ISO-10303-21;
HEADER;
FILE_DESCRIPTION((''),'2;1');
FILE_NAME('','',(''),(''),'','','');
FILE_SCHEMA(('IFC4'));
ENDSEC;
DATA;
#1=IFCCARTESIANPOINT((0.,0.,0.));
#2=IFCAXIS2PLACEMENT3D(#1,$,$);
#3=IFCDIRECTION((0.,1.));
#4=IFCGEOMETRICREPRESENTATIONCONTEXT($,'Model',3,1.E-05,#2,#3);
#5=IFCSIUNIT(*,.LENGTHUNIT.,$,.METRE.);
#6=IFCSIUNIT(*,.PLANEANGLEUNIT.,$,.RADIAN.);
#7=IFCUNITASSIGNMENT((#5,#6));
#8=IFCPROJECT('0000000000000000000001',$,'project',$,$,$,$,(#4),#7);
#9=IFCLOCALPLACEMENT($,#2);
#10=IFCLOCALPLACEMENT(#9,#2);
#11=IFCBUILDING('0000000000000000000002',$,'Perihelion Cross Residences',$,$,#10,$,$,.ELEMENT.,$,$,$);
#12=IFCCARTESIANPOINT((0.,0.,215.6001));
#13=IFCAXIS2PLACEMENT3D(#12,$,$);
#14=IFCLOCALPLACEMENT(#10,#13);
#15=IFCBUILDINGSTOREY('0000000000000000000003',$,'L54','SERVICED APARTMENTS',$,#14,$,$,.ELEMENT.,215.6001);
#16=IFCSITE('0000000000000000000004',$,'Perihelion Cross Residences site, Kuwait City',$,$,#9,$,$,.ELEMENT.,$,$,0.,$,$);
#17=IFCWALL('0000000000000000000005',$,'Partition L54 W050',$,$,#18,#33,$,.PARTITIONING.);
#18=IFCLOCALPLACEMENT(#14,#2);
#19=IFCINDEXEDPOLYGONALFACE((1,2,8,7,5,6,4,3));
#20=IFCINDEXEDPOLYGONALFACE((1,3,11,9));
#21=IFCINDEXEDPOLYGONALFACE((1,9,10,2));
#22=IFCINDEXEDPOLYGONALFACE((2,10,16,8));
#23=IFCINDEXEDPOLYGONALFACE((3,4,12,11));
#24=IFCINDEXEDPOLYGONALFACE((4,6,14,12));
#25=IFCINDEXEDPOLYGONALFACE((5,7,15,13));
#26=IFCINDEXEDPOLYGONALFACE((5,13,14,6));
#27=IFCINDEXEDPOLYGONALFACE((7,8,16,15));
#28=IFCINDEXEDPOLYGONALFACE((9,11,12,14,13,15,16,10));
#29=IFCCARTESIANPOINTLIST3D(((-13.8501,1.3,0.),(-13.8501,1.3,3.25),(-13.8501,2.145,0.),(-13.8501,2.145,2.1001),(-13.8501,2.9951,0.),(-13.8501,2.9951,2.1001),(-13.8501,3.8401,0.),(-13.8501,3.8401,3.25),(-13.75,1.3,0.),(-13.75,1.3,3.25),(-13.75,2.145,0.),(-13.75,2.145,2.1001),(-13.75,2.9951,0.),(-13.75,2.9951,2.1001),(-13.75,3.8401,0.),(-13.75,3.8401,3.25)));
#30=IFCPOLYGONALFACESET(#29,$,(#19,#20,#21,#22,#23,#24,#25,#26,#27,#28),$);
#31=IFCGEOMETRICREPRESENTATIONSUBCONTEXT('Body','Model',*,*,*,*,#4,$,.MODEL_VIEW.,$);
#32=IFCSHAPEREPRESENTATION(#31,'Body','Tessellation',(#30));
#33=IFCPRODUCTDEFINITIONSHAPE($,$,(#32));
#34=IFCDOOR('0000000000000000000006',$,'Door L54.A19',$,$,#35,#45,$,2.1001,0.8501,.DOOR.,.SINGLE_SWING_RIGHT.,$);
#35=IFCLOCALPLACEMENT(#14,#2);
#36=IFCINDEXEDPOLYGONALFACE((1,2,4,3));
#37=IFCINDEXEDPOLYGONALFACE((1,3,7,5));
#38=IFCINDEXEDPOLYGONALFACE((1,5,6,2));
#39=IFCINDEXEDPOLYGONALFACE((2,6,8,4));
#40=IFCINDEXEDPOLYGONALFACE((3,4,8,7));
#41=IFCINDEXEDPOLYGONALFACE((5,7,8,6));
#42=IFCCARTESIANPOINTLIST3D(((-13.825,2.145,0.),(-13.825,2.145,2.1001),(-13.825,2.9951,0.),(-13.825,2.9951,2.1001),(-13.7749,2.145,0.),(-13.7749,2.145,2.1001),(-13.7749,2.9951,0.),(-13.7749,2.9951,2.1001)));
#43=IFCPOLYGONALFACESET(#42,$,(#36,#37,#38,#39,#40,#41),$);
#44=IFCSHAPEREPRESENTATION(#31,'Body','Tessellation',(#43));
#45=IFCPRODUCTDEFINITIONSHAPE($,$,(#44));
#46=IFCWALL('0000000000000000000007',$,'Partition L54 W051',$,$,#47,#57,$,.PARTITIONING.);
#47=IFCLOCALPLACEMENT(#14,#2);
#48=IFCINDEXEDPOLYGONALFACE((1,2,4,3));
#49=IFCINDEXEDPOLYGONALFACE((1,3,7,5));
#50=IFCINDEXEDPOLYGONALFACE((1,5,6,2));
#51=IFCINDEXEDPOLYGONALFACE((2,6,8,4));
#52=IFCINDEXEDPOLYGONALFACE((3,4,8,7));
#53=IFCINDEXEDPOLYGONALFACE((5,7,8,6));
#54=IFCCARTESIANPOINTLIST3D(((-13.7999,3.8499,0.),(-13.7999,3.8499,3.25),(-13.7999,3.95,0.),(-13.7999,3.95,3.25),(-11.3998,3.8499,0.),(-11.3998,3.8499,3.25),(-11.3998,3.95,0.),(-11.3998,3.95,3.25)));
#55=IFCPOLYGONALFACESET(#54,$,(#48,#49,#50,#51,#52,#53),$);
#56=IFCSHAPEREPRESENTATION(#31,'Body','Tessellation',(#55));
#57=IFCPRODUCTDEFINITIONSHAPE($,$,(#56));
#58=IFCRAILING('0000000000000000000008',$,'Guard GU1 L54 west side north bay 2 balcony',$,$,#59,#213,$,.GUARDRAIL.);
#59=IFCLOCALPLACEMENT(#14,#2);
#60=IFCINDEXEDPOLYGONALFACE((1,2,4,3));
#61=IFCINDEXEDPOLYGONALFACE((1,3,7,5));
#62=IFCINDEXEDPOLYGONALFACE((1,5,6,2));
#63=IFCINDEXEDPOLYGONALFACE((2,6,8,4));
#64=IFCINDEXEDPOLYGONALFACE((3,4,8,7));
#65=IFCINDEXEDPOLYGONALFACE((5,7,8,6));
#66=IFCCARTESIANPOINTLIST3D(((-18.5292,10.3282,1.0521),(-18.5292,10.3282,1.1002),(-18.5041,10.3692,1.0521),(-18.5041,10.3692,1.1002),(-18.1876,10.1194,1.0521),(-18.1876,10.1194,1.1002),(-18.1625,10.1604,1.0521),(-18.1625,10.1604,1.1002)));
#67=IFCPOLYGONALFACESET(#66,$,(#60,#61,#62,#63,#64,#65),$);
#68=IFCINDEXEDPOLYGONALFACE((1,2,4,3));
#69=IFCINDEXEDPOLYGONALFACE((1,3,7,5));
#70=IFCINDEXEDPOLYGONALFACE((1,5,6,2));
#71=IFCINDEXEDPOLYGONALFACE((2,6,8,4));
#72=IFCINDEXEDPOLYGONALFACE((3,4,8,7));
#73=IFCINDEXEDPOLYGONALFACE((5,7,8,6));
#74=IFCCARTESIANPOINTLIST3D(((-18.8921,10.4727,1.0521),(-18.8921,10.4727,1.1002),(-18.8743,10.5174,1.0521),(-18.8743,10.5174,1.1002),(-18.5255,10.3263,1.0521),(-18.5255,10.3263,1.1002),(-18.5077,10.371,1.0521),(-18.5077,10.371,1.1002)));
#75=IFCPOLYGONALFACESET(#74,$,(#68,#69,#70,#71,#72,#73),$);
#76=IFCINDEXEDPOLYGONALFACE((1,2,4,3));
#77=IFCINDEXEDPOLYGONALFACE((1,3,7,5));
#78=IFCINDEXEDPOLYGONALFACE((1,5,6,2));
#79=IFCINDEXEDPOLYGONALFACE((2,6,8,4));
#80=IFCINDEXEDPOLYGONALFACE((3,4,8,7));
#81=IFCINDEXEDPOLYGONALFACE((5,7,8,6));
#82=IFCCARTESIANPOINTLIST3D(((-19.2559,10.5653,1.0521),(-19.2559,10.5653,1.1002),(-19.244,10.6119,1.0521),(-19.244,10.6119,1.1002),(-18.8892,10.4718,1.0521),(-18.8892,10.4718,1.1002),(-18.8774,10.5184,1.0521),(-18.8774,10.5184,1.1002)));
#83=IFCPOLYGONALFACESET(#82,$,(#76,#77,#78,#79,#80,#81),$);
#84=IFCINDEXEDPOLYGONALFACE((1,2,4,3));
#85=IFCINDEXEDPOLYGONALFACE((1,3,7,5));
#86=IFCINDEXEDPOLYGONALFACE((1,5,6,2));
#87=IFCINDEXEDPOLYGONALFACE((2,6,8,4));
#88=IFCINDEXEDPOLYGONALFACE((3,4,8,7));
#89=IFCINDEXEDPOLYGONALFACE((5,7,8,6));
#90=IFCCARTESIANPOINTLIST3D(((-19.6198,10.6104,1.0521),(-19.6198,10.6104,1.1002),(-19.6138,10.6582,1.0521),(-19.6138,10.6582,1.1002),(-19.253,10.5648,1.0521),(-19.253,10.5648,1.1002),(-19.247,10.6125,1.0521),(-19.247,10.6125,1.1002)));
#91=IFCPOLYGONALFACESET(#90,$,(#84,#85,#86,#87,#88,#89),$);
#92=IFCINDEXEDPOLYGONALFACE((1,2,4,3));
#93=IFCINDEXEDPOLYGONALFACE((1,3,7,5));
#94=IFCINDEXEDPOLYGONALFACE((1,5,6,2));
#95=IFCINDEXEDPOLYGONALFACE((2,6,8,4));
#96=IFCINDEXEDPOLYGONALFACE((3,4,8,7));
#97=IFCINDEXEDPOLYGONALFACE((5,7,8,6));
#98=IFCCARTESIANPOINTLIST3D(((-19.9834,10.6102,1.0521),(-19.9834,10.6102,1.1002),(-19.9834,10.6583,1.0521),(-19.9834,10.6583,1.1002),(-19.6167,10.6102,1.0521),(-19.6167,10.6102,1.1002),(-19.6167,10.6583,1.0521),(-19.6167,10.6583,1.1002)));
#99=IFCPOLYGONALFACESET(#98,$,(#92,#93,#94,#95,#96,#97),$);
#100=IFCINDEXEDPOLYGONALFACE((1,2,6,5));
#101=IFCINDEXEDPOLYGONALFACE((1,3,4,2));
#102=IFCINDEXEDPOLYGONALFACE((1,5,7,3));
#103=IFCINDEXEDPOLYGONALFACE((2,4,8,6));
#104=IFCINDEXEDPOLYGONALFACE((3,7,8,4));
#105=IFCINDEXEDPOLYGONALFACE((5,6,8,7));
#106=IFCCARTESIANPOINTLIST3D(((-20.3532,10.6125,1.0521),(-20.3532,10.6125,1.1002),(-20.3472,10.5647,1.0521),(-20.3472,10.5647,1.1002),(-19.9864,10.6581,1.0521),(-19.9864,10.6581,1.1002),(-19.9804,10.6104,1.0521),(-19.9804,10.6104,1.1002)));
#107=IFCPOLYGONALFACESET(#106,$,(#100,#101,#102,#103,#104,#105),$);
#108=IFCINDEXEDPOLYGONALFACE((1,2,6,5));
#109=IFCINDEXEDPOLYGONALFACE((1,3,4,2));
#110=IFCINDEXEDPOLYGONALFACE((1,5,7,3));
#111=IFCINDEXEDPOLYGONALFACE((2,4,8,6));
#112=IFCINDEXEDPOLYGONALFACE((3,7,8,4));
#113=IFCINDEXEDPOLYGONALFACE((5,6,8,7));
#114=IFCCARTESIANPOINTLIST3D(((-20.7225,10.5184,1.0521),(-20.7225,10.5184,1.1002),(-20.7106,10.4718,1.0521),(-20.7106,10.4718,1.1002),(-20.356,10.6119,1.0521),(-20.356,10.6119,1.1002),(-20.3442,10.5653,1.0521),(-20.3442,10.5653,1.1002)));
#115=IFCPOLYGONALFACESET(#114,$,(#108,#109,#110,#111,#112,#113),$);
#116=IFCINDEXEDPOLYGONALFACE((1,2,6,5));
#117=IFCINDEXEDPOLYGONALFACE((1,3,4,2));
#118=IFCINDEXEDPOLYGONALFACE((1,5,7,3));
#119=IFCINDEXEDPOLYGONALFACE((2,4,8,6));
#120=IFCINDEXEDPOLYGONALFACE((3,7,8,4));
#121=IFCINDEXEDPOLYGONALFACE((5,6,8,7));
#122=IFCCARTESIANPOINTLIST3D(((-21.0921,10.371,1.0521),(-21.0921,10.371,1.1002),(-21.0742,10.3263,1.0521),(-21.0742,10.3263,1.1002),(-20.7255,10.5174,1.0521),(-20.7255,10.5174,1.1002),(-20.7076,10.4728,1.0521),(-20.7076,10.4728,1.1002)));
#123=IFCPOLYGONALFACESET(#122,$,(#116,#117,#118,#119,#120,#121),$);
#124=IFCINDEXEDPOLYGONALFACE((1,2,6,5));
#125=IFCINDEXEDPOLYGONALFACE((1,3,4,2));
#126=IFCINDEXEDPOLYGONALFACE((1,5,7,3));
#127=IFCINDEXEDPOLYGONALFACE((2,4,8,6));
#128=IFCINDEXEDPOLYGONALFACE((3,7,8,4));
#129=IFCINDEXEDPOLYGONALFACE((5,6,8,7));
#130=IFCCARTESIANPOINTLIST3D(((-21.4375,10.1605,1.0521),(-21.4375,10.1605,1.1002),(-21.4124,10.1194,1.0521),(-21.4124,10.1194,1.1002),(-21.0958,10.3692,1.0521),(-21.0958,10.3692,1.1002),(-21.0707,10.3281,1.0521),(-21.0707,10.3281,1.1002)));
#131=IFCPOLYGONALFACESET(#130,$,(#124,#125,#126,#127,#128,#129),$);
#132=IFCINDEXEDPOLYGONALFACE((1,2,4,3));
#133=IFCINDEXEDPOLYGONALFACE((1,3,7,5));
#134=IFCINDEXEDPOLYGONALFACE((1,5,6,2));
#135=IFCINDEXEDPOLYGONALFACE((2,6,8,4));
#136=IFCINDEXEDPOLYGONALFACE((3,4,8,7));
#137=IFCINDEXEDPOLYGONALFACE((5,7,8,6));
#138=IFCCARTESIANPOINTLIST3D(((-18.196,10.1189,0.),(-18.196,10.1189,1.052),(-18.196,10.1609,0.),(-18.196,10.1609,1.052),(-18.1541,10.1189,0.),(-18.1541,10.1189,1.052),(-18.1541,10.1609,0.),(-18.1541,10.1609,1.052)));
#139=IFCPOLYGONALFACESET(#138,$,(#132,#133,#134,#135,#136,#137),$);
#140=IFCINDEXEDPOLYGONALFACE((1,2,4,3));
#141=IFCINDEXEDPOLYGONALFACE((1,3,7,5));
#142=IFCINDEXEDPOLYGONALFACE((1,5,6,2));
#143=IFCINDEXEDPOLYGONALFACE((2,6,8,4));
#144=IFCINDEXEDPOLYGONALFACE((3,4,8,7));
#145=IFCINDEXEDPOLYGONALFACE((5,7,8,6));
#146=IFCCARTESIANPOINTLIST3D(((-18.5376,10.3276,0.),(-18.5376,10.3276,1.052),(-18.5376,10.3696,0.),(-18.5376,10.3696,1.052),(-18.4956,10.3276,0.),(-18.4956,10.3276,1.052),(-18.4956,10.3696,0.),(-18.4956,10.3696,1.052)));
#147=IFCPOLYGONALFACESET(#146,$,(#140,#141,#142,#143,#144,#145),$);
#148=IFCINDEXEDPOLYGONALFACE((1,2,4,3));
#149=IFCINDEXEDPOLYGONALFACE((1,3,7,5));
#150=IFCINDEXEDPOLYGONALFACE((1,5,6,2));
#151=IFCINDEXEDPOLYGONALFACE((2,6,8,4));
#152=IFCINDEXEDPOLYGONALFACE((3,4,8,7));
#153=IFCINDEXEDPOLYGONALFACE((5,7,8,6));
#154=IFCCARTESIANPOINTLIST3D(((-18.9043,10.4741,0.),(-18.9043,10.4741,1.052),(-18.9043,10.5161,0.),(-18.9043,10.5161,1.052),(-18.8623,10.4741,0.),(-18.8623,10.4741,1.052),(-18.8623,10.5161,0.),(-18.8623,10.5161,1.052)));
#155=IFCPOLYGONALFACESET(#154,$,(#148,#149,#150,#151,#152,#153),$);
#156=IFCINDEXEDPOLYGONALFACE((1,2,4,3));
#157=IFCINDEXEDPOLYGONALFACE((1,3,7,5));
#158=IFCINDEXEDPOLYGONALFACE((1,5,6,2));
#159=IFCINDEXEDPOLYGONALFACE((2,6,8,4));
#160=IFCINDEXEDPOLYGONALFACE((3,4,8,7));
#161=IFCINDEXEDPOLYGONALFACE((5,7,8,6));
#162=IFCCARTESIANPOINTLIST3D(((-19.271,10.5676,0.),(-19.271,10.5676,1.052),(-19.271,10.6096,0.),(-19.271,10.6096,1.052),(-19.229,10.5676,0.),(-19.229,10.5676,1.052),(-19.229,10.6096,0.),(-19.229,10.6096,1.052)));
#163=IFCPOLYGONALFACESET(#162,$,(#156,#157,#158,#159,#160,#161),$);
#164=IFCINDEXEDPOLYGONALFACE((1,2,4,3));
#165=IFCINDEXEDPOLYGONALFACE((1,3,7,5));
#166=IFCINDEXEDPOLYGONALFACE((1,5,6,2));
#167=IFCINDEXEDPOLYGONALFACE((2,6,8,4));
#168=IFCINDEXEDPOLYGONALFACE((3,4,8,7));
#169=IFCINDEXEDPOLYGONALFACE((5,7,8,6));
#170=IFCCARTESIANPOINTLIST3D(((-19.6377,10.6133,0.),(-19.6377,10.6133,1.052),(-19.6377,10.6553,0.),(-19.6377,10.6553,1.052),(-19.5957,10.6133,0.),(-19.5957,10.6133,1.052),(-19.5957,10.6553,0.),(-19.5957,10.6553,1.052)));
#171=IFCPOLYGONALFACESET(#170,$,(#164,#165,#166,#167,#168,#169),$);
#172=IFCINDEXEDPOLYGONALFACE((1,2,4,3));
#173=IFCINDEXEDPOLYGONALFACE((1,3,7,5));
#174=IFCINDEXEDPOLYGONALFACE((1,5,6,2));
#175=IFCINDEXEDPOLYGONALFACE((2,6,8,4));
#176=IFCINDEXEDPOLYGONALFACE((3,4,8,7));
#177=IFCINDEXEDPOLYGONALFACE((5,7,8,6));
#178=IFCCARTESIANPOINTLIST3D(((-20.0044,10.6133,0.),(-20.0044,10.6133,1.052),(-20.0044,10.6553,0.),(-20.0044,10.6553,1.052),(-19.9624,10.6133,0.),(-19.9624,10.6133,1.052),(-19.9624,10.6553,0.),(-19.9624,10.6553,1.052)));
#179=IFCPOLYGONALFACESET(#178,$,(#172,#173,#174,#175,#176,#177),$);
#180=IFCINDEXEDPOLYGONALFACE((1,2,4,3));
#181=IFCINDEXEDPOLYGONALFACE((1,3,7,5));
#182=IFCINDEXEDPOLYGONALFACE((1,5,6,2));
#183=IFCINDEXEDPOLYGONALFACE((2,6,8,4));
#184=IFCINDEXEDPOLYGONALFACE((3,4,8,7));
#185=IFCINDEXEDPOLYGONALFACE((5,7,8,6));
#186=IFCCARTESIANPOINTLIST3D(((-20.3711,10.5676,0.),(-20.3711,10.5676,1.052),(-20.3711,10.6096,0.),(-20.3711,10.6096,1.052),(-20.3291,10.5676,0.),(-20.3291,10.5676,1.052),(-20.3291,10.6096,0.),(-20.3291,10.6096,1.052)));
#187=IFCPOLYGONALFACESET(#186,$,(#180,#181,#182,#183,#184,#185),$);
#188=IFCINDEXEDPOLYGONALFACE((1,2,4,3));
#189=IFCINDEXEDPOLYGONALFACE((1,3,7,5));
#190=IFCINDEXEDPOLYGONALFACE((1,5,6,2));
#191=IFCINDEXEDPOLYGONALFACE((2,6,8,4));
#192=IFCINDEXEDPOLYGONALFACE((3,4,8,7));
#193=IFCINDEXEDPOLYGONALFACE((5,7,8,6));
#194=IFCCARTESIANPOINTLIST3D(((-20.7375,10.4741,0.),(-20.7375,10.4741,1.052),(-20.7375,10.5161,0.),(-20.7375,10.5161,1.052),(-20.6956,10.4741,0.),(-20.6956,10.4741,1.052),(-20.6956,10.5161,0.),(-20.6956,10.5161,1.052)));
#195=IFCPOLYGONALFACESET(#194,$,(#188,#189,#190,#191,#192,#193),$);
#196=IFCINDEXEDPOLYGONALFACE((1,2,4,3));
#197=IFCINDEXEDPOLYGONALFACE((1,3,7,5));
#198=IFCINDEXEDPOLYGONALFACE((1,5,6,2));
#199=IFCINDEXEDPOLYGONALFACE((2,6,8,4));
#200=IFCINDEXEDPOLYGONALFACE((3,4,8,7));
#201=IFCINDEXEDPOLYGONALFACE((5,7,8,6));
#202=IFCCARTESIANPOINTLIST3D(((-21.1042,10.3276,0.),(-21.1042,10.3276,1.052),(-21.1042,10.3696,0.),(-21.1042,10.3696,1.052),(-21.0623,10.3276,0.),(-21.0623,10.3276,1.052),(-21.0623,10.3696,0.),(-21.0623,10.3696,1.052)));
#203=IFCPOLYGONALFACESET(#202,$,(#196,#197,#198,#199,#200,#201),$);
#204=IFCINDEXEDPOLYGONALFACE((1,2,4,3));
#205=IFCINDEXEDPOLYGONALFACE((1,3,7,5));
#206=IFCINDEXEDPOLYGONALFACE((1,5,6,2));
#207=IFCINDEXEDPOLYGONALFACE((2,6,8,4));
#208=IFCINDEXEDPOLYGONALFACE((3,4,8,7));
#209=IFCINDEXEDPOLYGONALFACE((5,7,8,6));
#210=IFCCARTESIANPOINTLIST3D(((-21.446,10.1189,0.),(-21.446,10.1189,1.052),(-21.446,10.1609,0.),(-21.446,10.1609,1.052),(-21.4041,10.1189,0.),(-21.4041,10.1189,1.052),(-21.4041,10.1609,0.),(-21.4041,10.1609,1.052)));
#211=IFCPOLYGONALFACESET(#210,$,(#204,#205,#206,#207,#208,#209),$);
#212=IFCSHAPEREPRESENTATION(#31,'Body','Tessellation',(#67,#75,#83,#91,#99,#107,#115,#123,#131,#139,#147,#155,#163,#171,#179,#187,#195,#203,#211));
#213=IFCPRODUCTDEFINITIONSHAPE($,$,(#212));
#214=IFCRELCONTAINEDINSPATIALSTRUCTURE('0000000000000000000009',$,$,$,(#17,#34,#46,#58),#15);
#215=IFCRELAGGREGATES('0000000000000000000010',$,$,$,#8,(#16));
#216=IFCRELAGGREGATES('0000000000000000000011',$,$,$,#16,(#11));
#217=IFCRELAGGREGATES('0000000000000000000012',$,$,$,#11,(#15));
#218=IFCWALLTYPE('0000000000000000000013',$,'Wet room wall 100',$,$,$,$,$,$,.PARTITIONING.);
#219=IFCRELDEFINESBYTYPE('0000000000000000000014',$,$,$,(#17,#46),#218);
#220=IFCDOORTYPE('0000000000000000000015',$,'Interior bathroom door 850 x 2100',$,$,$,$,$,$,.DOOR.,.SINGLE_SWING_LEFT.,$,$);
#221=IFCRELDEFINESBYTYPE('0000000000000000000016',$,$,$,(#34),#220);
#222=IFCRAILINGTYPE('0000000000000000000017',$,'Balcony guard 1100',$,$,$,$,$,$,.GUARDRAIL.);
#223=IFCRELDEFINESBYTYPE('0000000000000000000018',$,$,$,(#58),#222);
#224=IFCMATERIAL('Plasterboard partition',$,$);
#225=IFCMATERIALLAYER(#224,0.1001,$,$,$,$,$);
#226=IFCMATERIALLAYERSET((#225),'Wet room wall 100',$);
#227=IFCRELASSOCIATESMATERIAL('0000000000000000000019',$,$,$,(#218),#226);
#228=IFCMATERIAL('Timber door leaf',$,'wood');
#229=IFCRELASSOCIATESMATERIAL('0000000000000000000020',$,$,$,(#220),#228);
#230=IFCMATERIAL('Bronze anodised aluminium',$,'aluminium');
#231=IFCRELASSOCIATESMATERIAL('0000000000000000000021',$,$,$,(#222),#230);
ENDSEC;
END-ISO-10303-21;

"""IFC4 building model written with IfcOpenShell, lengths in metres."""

from ifc_helpers import new_model, si_unit, direction, frame, frame_2d, origin, origin_2d, place, context, subcontext, project, spatial, rectangle, extrude, material, layer, layer_set, type_object, element, fill, save


model = new_model("IFC4")

# Units and contexts
model_context = context("Model", 3, precision=1e-05, world=origin(), true_north=direction((0.0, 1.0)))
body_context = subcontext(model_context, "Body", "Model", "MODEL_VIEW")
ifc_project = project(units=[si_unit("LENGTHUNIT", "METRE"), si_unit("PLANEANGLEUNIT", "RADIAN")], contexts=[model_context])

# Site, building, storey
site_placement = place(None, origin())
site = spatial("IfcSite", under=ifc_project, at=site_placement, Name="Perihelion Cross Residences site, Kuwait City", CompositionType="ELEMENT", RefElevation=0.0)
building_placement = place(site_placement, origin())
building = spatial("IfcBuilding", under=site, at=building_placement, Name="Perihelion Cross Residences", CompositionType="ELEMENT")
storey_placement = place(building_placement, frame((0.0, 0.0, 215.6001)))
storey = spatial("IfcBuildingStorey", under=building, at=storey_placement, Name="L54", Description="SERVICED APARTMENTS", CompositionType="ELEMENT", Elevation=215.6001)

# Shared definitions
ifc_material_1 = material(Name="Plasterboard partition")
ifc_layer_1 = layer(ifc_material_1, 0.1001)
ifc_layer_set_1 = layer_set([ifc_layer_1], Name="Wet room wall 100")
wall_type_1 = type_object("IfcWallType", Name="Wet room wall 100", PredefinedType="PARTITIONING", material=ifc_layer_set_1)

# Wall, opening, door
wall_1_placement = place(storey_placement, frame((-13.8, 1.3, 0.0), z_axis=(0.0, 0.0, 1.0), x_axis=(0.0, 1.0, 0.0)))
wall_1 = element("IfcWall", 1, at=wall_1_placement, inside=storey, type_object=wall_type_1, Name="Partition L54 W050", PredefinedType="PARTITIONING", context=body_context, shape_type="SweptSolid", body=[
    extrude(rectangle(XDim=2.54, YDim=0.1001, at=frame_2d((1.27, 0.0))), origin(), (0.0, 0.0, 1.0), 3.25),
])
opening_1_placement = place(wall_1_placement, frame((0.845, 0.0, 0.0)))
opening_1 = element("IfcOpeningElement", 2, at=opening_1_placement, cuts=wall_1, PredefinedType="OPENING", context=body_context, shape_type="SweptSolid", body=[
    extrude(rectangle(XDim=0.8501, YDim=2.1001, at=frame_2d((0.425, 1.05))), frame((0.0, 0.0601, 0.0), z_axis=(0.0, -1.0, 0.0), x_axis=(1.0, 0.0, 0.0)), (0.0, 0.0, 1.0), 0.1201),
])
ifc_material_2 = material(Name="Timber door leaf", Category="wood")
door_type_1 = type_object("IfcDoorType", Name="Interior bathroom door 850 x 2100", OperationType="SINGLE_SWING_LEFT", PredefinedType="DOOR", material=ifc_material_2)
door_1_placement = place(opening_1_placement, origin())
door_1 = element("IfcDoor", 3, at=door_1_placement, inside=storey, type_object=door_type_1, Name="Door L54.A19", OperationType="SINGLE_SWING_RIGHT", OverallHeight=2.1001, OverallWidth=0.8501, PredefinedType="DOOR", context=body_context, shape_type="SweptSolid", body=[
    extrude(rectangle(XDim=0.8501, YDim=2.1001, at=frame_2d((0.425, 1.05))), frame((0.0, 0.0249, 0.0), z_axis=(0.0, -1.0, 0.0), x_axis=(1.0, 0.0, 0.0)), (0.0, 0.0, 1.0), 0.05),
])
fill(opening_1, door_1)

# Wall
wall_2_placement = place(storey_placement, frame((-13.8, 3.8999, 0.0), z_axis=(0.0, 0.0, 1.0), x_axis=(1.0, 0.0, 0.0)))
element("IfcWall", 4, at=wall_2_placement, inside=storey, type_object=wall_type_1, Name="Partition L54 W051", PredefinedType="PARTITIONING", context=body_context, shape_type="SweptSolid", body=[
    extrude(rectangle(XDim=2.4001, YDim=0.1001, at=frame_2d((1.2002, 0.0))), origin(), (0.0, 0.0, 1.0), 3.25),
])

# Railing
ifc_material_3 = material(Name="Bronze anodised aluminium", Category="aluminium")
railing_type = type_object("IfcRailingType", Name="Balcony guard 1100", PredefinedType="GUARDRAIL", material=ifc_material_3)
railing_placement = place(storey_placement, frame((-18.175, 10.1399, 0.0)))
element("IfcRailing", 5, at=railing_placement, inside=storey, type_object=railing_type, Name="Guard GU1 L54 west side north bay 2 balcony", PredefinedType="GUARDRAIL", context=body_context, shape_type="SweptSolid", body=[
    extrude(rectangle(XDim=0.0481, YDim=0.0481, at=origin_2d()), frame((0.0, 0.0, 1.0762), z_axis=(-0.853267, 0.521475, 0.0), x_axis=(-0.521475, -0.853267, 0.0)), (0.0, 0.0, 1.0), 0.4004),
    extrude(rectangle(XDim=0.0481, YDim=0.0481, at=origin_2d()), frame((-0.3416, 0.2087, 1.0762), z_axis=(-0.928647, 0.370964, 0.0), x_axis=(-0.370964, -0.928647, 0.0)), (0.0, 0.0, 1.0), 0.3948),
    extrude(rectangle(XDim=0.0481, YDim=0.0481, at=origin_2d()), frame((-0.7083, 0.3552, 1.0762), z_axis=(-0.968993, 0.247087, 0.0), x_axis=(-0.247087, -0.968993, 0.0)), (0.0, 0.0, 1.0), 0.3784),
    extrude(rectangle(XDim=0.0481, YDim=0.0481, at=origin_2d()), frame((-1.075, 0.4487, 1.0762), z_axis=(-0.992339, 0.123547, 0.0), x_axis=(-0.123547, -0.992339, 0.0)), (0.0, 0.0, 1.0), 0.3696),
    extrude(rectangle(XDim=0.0481, YDim=0.0481, at=origin_2d()), frame((-1.4417, 0.4944, 1.0762), z_axis=(-1.0, 0.0, 0.0), x_axis=(0.0, -1.0, 0.0)), (0.0, 0.0, 1.0), 0.3667),
    extrude(rectangle(XDim=0.0481, YDim=0.0481, at=origin_2d()), frame((-1.8083, 0.4944, 1.0762), z_axis=(-0.992339, -0.123547, 0.0), x_axis=(0.123547, -0.992339, 0.0)), (0.0, 0.0, 1.0), 0.3696),
    extrude(rectangle(XDim=0.0481, YDim=0.0481, at=origin_2d()), frame((-2.175, 0.4487, 1.0762), z_axis=(-0.968954, -0.247241, 0.0), x_axis=(0.247241, -0.968954, 0.0)), (0.0, 0.0, 1.0), 0.3782),
    extrude(rectangle(XDim=0.0481, YDim=0.0481, at=origin_2d()), frame((-2.5415, 0.3552, 1.0762), z_axis=(-0.928647, -0.370964, 0.0), x_axis=(0.370964, -0.928647, 0.0)), (0.0, 0.0, 1.0), 0.3948),
    extrude(rectangle(XDim=0.0481, YDim=0.0481, at=origin_2d()), frame((-2.9082, 0.2087, 1.0762), z_axis=(-0.853432, -0.521203, 0.0), x_axis=(0.521203, -0.853432, 0.0)), (0.0, 0.0, 1.0), 0.4004),
    extrude(rectangle(XDim=0.042, YDim=0.042, at=origin_2d()), origin(), (0.0, 0.0, 1.0), 1.052),
    extrude(rectangle(XDim=0.042, YDim=0.042, at=origin_2d()), frame((-0.3416, 0.2087, 0.0)), (0.0, 0.0, 1.0), 1.052),
    extrude(rectangle(XDim=0.042, YDim=0.042, at=origin_2d()), frame((-0.7083, 0.3552, 0.0)), (0.0, 0.0, 1.0), 1.052),
    extrude(rectangle(XDim=0.042, YDim=0.042, at=origin_2d()), frame((-1.075, 0.4487, 0.0)), (0.0, 0.0, 1.0), 1.052),
    extrude(rectangle(XDim=0.042, YDim=0.042, at=origin_2d()), frame((-1.4417, 0.4944, 0.0)), (0.0, 0.0, 1.0), 1.052),
    extrude(rectangle(XDim=0.042, YDim=0.042, at=origin_2d()), frame((-1.8083, 0.4944, 0.0)), (0.0, 0.0, 1.0), 1.052),
    extrude(rectangle(XDim=0.042, YDim=0.042, at=origin_2d()), frame((-2.175, 0.4487, 0.0)), (0.0, 0.0, 1.0), 1.052),
    extrude(rectangle(XDim=0.042, YDim=0.042, at=origin_2d()), frame((-2.5415, 0.3552, 0.0)), (0.0, 0.0, 1.0), 1.052),
    extrude(rectangle(XDim=0.042, YDim=0.042, at=origin_2d()), frame((-2.9082, 0.2087, 0.0)), (0.0, 0.0, 1.0), 1.052),
    extrude(rectangle(XDim=0.042, YDim=0.042, at=origin_2d()), frame((-3.25, 0.0, 0.0)), (0.0, 0.0, 1.0), 1.052),
])

save(model, "model.ifc")
